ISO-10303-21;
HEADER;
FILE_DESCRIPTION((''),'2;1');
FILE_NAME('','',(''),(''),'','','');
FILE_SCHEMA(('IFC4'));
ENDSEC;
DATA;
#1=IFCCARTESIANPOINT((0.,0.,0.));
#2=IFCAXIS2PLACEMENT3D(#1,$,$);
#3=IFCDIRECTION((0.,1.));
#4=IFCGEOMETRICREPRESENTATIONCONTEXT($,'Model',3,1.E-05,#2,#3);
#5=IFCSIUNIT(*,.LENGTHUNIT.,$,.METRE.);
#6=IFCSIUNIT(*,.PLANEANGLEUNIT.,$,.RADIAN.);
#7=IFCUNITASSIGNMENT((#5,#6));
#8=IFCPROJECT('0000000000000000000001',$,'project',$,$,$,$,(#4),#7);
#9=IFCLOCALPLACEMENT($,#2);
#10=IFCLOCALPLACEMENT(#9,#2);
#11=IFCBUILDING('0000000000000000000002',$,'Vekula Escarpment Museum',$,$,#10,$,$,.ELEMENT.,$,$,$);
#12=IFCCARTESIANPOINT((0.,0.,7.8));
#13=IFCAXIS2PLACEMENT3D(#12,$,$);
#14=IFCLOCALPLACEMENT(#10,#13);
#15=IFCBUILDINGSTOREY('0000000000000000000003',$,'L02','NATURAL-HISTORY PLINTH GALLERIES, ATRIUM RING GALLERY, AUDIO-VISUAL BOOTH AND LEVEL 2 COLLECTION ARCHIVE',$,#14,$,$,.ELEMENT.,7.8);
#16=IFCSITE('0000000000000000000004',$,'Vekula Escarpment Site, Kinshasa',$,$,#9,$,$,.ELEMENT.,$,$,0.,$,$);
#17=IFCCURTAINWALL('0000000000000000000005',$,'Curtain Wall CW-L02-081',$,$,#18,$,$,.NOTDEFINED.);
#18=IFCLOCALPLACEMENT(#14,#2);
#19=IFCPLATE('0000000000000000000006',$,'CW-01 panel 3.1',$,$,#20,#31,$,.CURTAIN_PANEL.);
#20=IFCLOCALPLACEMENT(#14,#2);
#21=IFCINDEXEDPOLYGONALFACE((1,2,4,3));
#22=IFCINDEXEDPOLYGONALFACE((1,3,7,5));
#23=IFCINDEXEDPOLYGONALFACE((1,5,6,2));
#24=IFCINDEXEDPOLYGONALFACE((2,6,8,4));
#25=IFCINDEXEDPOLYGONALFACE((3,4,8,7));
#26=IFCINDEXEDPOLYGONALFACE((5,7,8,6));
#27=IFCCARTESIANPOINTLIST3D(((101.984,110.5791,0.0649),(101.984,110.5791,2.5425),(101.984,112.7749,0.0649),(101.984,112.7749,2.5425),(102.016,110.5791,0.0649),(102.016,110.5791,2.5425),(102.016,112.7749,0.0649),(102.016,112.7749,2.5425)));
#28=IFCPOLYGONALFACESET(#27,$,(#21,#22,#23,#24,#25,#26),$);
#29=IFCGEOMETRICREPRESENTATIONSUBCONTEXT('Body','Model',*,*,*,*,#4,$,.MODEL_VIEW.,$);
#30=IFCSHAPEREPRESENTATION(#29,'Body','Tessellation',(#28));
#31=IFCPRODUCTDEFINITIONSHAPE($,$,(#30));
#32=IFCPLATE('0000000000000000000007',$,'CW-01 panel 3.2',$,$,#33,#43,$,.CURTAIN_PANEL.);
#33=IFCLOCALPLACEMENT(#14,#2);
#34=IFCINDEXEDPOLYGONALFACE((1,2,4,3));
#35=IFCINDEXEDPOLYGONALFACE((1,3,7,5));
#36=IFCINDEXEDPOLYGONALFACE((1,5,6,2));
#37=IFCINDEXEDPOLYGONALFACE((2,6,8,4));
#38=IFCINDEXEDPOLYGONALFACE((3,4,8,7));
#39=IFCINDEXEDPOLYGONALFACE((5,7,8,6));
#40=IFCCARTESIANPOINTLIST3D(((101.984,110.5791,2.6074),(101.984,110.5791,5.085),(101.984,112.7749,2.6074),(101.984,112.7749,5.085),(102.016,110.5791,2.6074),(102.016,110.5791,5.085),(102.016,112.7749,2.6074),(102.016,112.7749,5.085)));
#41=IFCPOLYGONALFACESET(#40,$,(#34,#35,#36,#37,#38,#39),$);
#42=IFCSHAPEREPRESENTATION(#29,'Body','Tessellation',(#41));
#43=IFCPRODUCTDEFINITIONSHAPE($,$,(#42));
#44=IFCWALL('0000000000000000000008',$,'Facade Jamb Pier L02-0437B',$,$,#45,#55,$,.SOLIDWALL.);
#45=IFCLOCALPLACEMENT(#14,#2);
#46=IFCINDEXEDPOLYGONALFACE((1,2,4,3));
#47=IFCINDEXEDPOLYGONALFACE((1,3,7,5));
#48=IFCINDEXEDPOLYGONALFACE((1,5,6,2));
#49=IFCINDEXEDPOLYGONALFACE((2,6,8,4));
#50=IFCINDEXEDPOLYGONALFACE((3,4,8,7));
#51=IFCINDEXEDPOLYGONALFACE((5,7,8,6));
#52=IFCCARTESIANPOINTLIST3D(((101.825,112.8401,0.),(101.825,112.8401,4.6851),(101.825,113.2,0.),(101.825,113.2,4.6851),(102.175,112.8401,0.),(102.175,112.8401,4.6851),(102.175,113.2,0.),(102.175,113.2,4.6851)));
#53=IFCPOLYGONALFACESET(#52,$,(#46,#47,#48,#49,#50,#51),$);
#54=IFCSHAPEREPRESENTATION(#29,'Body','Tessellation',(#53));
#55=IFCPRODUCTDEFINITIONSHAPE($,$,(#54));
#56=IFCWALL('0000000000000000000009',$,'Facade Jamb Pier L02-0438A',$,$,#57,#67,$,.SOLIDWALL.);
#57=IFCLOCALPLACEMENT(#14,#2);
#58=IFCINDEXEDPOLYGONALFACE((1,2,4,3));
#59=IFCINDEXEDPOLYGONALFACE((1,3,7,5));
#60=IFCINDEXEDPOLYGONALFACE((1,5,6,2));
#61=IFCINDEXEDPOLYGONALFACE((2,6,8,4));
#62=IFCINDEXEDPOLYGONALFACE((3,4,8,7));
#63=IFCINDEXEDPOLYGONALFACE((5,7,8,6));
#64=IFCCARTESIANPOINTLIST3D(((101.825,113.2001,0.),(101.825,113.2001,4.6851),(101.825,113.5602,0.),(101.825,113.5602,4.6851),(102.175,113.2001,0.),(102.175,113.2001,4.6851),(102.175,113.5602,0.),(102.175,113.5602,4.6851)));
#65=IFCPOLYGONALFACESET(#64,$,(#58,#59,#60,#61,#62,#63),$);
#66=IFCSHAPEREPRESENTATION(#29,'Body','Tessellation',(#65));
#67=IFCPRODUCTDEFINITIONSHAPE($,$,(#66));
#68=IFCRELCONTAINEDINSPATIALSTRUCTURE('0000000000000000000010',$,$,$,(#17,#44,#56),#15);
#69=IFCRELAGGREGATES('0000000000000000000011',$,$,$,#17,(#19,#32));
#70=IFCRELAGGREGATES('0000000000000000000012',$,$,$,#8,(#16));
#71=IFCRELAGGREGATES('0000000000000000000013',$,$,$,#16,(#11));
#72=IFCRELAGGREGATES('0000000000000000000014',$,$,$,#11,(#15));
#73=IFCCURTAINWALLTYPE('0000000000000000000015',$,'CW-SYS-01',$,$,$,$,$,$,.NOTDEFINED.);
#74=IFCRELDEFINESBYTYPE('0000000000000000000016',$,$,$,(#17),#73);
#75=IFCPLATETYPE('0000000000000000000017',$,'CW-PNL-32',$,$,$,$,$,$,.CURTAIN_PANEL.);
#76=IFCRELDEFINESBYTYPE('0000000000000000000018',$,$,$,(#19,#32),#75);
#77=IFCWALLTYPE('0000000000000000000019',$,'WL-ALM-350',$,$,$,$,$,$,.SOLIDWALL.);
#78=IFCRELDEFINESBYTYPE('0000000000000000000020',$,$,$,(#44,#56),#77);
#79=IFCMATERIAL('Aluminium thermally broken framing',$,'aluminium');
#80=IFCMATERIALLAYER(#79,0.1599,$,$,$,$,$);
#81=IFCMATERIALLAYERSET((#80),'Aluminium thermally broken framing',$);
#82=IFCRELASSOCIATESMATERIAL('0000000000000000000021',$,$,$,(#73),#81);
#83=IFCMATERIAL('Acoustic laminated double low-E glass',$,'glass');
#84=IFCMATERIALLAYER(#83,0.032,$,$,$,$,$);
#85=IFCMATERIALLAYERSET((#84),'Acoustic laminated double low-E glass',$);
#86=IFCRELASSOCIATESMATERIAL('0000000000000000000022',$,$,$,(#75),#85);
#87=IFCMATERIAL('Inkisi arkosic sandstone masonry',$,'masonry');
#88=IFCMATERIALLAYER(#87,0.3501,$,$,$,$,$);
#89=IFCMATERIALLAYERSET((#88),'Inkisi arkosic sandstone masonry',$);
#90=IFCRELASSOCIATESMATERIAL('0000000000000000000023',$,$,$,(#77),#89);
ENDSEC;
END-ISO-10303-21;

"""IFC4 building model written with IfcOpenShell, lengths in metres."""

from ifc_helpers import new_model, si_unit, direction, frame, frame_2d, origin, origin_2d, place, context, subcontext, project, spatial, rectangle, extrude, material, layer, layer_set, type_object, element, aggregate, save


model = new_model("IFC4")

# Units and contexts
model_context = context("Model", 3, precision=1e-05, world=origin(), true_north=direction((0.0, 1.0)))
body_context = subcontext(model_context, "Body", "Model", "MODEL_VIEW")
ifc_project = project(units=[si_unit("LENGTHUNIT", "METRE"), si_unit("PLANEANGLEUNIT", "RADIAN")], contexts=[model_context])

# Site, building, storey
site_placement = place(None, origin())
site = spatial("IfcSite", under=ifc_project, at=site_placement, Name="Vekula Escarpment Site, Kinshasa", CompositionType="ELEMENT", RefElevation=0.0)
building_placement = place(site_placement, origin())
building = spatial("IfcBuilding", under=site, at=building_placement, Name="Vekula Escarpment Museum", CompositionType="ELEMENT")
storey_placement = place(building_placement, frame((0.0, 0.0, 7.8)))
storey = spatial("IfcBuildingStorey", under=building, at=storey_placement, Name="L02", Description="NATURAL-HISTORY PLINTH GALLERIES, ATRIUM RING GALLERY, AUDIO-VISUAL BOOTH AND LEVEL 2 COLLECTION ARCHIVE", CompositionType="ELEMENT", Elevation=7.8)

# Curtain wall
ifc_material_1 = material(Name="Aluminium thermally broken framing", Category="aluminium")
ifc_layer_1 = layer(ifc_material_1, 0.1599)
ifc_layer_set_1 = layer_set([ifc_layer_1], Name="Aluminium thermally broken framing")
curtain_wall_type_1 = type_object("IfcCurtainWallType", Name="CW-SYS-01", PredefinedType="NOTDEFINED", material=ifc_layer_set_1)
curtain_wall_1_placement = place(storey_placement, origin())
curtain_wall_1 = element("IfcCurtainWall", 1, at=curtain_wall_1_placement, inside=storey, type_object=curtain_wall_type_1, Name="Curtain Wall CW-L02-081", PredefinedType="NOTDEFINED")

# Plates
ifc_material_2 = material(Name="Acoustic laminated double low-E glass", Category="glass")
ifc_layer_2 = layer(ifc_material_2, 0.032)
ifc_layer_set_2 = layer_set([ifc_layer_2], Name="Acoustic laminated double low-E glass")
plate_type = type_object("IfcPlateType", Name="CW-PNL-32", PredefinedType="CURTAIN_PANEL", material=ifc_layer_set_2)
plate_1_placement = place(storey_placement, frame((102.0, 111.677, 0.0649), z_axis=(0.0, 0.0, 1.0), x_axis=(0.0, 1.0, 0.0)))
plate_1 = element("IfcPlate", 2, at=plate_1_placement, type_object=plate_type, Name="CW-01 panel 3.1", PredefinedType="CURTAIN_PANEL", context=body_context, shape_type="SweptSolid", body=[
    extrude(rectangle(XDim=2.1958, YDim=0.032, at=origin_2d()), origin(), (0.0, 0.0, 1.0), 2.4775),
])
plate_2_placement = place(storey_placement, frame((102.0, 111.677, 2.6074), z_axis=(0.0, 0.0, 1.0), x_axis=(0.0, 1.0, 0.0)))
plate_2 = element("IfcPlate", 3, at=plate_2_placement, type_object=plate_type, Name="CW-01 panel 3.2", PredefinedType="CURTAIN_PANEL", context=body_context, shape_type="SweptSolid", body=[
    extrude(rectangle(XDim=2.1958, YDim=0.032, at=origin_2d()), origin(), (0.0, 0.0, 1.0), 2.4775),
])
aggregate(curtain_wall_1, [plate_1, plate_2])

# Walls
ifc_material_3 = material(Name="Inkisi arkosic sandstone masonry", Category="masonry")
ifc_layer_3 = layer(ifc_material_3, 0.3501)
ifc_layer_set_3 = layer_set([ifc_layer_3], Name="Inkisi arkosic sandstone masonry")
wall_type = type_object("IfcWallType", Name="WL-ALM-350", PredefinedType="SOLIDWALL", material=ifc_layer_set_3)
wall_1_placement = place(storey_placement, frame((102.0, 112.8401, 0.0), z_axis=(0.0, 0.0, 1.0), x_axis=(0.0, 1.0, 0.0)))
element("IfcWall", 4, at=wall_1_placement, inside=storey, type_object=wall_type, Name="Facade Jamb Pier L02-0437B", PredefinedType="SOLIDWALL", context=body_context, shape_type="SweptSolid", body=[
    extrude(rectangle(XDim=0.3599, YDim=0.3501, at=frame_2d((0.1799, 0.0))), origin(), (0.0, 0.0, 1.0), 4.6851),
])
wall_2_placement = place(storey_placement, frame((102.0, 113.2, 0.0), z_axis=(0.0, 0.0, 1.0), x_axis=(0.0, 1.0, 0.0)))
element("IfcWall", 5, at=wall_2_placement, inside=storey, type_object=wall_type, Name="Facade Jamb Pier L02-0438A", PredefinedType="SOLIDWALL", context=body_context, shape_type="SweptSolid", body=[
    extrude(rectangle(XDim=0.3601, YDim=0.3501, at=frame_2d((0.1802, 0.0))), origin(), (0.0, 0.0, 1.0), 4.6851),
])

save(model, "model.ifc")
